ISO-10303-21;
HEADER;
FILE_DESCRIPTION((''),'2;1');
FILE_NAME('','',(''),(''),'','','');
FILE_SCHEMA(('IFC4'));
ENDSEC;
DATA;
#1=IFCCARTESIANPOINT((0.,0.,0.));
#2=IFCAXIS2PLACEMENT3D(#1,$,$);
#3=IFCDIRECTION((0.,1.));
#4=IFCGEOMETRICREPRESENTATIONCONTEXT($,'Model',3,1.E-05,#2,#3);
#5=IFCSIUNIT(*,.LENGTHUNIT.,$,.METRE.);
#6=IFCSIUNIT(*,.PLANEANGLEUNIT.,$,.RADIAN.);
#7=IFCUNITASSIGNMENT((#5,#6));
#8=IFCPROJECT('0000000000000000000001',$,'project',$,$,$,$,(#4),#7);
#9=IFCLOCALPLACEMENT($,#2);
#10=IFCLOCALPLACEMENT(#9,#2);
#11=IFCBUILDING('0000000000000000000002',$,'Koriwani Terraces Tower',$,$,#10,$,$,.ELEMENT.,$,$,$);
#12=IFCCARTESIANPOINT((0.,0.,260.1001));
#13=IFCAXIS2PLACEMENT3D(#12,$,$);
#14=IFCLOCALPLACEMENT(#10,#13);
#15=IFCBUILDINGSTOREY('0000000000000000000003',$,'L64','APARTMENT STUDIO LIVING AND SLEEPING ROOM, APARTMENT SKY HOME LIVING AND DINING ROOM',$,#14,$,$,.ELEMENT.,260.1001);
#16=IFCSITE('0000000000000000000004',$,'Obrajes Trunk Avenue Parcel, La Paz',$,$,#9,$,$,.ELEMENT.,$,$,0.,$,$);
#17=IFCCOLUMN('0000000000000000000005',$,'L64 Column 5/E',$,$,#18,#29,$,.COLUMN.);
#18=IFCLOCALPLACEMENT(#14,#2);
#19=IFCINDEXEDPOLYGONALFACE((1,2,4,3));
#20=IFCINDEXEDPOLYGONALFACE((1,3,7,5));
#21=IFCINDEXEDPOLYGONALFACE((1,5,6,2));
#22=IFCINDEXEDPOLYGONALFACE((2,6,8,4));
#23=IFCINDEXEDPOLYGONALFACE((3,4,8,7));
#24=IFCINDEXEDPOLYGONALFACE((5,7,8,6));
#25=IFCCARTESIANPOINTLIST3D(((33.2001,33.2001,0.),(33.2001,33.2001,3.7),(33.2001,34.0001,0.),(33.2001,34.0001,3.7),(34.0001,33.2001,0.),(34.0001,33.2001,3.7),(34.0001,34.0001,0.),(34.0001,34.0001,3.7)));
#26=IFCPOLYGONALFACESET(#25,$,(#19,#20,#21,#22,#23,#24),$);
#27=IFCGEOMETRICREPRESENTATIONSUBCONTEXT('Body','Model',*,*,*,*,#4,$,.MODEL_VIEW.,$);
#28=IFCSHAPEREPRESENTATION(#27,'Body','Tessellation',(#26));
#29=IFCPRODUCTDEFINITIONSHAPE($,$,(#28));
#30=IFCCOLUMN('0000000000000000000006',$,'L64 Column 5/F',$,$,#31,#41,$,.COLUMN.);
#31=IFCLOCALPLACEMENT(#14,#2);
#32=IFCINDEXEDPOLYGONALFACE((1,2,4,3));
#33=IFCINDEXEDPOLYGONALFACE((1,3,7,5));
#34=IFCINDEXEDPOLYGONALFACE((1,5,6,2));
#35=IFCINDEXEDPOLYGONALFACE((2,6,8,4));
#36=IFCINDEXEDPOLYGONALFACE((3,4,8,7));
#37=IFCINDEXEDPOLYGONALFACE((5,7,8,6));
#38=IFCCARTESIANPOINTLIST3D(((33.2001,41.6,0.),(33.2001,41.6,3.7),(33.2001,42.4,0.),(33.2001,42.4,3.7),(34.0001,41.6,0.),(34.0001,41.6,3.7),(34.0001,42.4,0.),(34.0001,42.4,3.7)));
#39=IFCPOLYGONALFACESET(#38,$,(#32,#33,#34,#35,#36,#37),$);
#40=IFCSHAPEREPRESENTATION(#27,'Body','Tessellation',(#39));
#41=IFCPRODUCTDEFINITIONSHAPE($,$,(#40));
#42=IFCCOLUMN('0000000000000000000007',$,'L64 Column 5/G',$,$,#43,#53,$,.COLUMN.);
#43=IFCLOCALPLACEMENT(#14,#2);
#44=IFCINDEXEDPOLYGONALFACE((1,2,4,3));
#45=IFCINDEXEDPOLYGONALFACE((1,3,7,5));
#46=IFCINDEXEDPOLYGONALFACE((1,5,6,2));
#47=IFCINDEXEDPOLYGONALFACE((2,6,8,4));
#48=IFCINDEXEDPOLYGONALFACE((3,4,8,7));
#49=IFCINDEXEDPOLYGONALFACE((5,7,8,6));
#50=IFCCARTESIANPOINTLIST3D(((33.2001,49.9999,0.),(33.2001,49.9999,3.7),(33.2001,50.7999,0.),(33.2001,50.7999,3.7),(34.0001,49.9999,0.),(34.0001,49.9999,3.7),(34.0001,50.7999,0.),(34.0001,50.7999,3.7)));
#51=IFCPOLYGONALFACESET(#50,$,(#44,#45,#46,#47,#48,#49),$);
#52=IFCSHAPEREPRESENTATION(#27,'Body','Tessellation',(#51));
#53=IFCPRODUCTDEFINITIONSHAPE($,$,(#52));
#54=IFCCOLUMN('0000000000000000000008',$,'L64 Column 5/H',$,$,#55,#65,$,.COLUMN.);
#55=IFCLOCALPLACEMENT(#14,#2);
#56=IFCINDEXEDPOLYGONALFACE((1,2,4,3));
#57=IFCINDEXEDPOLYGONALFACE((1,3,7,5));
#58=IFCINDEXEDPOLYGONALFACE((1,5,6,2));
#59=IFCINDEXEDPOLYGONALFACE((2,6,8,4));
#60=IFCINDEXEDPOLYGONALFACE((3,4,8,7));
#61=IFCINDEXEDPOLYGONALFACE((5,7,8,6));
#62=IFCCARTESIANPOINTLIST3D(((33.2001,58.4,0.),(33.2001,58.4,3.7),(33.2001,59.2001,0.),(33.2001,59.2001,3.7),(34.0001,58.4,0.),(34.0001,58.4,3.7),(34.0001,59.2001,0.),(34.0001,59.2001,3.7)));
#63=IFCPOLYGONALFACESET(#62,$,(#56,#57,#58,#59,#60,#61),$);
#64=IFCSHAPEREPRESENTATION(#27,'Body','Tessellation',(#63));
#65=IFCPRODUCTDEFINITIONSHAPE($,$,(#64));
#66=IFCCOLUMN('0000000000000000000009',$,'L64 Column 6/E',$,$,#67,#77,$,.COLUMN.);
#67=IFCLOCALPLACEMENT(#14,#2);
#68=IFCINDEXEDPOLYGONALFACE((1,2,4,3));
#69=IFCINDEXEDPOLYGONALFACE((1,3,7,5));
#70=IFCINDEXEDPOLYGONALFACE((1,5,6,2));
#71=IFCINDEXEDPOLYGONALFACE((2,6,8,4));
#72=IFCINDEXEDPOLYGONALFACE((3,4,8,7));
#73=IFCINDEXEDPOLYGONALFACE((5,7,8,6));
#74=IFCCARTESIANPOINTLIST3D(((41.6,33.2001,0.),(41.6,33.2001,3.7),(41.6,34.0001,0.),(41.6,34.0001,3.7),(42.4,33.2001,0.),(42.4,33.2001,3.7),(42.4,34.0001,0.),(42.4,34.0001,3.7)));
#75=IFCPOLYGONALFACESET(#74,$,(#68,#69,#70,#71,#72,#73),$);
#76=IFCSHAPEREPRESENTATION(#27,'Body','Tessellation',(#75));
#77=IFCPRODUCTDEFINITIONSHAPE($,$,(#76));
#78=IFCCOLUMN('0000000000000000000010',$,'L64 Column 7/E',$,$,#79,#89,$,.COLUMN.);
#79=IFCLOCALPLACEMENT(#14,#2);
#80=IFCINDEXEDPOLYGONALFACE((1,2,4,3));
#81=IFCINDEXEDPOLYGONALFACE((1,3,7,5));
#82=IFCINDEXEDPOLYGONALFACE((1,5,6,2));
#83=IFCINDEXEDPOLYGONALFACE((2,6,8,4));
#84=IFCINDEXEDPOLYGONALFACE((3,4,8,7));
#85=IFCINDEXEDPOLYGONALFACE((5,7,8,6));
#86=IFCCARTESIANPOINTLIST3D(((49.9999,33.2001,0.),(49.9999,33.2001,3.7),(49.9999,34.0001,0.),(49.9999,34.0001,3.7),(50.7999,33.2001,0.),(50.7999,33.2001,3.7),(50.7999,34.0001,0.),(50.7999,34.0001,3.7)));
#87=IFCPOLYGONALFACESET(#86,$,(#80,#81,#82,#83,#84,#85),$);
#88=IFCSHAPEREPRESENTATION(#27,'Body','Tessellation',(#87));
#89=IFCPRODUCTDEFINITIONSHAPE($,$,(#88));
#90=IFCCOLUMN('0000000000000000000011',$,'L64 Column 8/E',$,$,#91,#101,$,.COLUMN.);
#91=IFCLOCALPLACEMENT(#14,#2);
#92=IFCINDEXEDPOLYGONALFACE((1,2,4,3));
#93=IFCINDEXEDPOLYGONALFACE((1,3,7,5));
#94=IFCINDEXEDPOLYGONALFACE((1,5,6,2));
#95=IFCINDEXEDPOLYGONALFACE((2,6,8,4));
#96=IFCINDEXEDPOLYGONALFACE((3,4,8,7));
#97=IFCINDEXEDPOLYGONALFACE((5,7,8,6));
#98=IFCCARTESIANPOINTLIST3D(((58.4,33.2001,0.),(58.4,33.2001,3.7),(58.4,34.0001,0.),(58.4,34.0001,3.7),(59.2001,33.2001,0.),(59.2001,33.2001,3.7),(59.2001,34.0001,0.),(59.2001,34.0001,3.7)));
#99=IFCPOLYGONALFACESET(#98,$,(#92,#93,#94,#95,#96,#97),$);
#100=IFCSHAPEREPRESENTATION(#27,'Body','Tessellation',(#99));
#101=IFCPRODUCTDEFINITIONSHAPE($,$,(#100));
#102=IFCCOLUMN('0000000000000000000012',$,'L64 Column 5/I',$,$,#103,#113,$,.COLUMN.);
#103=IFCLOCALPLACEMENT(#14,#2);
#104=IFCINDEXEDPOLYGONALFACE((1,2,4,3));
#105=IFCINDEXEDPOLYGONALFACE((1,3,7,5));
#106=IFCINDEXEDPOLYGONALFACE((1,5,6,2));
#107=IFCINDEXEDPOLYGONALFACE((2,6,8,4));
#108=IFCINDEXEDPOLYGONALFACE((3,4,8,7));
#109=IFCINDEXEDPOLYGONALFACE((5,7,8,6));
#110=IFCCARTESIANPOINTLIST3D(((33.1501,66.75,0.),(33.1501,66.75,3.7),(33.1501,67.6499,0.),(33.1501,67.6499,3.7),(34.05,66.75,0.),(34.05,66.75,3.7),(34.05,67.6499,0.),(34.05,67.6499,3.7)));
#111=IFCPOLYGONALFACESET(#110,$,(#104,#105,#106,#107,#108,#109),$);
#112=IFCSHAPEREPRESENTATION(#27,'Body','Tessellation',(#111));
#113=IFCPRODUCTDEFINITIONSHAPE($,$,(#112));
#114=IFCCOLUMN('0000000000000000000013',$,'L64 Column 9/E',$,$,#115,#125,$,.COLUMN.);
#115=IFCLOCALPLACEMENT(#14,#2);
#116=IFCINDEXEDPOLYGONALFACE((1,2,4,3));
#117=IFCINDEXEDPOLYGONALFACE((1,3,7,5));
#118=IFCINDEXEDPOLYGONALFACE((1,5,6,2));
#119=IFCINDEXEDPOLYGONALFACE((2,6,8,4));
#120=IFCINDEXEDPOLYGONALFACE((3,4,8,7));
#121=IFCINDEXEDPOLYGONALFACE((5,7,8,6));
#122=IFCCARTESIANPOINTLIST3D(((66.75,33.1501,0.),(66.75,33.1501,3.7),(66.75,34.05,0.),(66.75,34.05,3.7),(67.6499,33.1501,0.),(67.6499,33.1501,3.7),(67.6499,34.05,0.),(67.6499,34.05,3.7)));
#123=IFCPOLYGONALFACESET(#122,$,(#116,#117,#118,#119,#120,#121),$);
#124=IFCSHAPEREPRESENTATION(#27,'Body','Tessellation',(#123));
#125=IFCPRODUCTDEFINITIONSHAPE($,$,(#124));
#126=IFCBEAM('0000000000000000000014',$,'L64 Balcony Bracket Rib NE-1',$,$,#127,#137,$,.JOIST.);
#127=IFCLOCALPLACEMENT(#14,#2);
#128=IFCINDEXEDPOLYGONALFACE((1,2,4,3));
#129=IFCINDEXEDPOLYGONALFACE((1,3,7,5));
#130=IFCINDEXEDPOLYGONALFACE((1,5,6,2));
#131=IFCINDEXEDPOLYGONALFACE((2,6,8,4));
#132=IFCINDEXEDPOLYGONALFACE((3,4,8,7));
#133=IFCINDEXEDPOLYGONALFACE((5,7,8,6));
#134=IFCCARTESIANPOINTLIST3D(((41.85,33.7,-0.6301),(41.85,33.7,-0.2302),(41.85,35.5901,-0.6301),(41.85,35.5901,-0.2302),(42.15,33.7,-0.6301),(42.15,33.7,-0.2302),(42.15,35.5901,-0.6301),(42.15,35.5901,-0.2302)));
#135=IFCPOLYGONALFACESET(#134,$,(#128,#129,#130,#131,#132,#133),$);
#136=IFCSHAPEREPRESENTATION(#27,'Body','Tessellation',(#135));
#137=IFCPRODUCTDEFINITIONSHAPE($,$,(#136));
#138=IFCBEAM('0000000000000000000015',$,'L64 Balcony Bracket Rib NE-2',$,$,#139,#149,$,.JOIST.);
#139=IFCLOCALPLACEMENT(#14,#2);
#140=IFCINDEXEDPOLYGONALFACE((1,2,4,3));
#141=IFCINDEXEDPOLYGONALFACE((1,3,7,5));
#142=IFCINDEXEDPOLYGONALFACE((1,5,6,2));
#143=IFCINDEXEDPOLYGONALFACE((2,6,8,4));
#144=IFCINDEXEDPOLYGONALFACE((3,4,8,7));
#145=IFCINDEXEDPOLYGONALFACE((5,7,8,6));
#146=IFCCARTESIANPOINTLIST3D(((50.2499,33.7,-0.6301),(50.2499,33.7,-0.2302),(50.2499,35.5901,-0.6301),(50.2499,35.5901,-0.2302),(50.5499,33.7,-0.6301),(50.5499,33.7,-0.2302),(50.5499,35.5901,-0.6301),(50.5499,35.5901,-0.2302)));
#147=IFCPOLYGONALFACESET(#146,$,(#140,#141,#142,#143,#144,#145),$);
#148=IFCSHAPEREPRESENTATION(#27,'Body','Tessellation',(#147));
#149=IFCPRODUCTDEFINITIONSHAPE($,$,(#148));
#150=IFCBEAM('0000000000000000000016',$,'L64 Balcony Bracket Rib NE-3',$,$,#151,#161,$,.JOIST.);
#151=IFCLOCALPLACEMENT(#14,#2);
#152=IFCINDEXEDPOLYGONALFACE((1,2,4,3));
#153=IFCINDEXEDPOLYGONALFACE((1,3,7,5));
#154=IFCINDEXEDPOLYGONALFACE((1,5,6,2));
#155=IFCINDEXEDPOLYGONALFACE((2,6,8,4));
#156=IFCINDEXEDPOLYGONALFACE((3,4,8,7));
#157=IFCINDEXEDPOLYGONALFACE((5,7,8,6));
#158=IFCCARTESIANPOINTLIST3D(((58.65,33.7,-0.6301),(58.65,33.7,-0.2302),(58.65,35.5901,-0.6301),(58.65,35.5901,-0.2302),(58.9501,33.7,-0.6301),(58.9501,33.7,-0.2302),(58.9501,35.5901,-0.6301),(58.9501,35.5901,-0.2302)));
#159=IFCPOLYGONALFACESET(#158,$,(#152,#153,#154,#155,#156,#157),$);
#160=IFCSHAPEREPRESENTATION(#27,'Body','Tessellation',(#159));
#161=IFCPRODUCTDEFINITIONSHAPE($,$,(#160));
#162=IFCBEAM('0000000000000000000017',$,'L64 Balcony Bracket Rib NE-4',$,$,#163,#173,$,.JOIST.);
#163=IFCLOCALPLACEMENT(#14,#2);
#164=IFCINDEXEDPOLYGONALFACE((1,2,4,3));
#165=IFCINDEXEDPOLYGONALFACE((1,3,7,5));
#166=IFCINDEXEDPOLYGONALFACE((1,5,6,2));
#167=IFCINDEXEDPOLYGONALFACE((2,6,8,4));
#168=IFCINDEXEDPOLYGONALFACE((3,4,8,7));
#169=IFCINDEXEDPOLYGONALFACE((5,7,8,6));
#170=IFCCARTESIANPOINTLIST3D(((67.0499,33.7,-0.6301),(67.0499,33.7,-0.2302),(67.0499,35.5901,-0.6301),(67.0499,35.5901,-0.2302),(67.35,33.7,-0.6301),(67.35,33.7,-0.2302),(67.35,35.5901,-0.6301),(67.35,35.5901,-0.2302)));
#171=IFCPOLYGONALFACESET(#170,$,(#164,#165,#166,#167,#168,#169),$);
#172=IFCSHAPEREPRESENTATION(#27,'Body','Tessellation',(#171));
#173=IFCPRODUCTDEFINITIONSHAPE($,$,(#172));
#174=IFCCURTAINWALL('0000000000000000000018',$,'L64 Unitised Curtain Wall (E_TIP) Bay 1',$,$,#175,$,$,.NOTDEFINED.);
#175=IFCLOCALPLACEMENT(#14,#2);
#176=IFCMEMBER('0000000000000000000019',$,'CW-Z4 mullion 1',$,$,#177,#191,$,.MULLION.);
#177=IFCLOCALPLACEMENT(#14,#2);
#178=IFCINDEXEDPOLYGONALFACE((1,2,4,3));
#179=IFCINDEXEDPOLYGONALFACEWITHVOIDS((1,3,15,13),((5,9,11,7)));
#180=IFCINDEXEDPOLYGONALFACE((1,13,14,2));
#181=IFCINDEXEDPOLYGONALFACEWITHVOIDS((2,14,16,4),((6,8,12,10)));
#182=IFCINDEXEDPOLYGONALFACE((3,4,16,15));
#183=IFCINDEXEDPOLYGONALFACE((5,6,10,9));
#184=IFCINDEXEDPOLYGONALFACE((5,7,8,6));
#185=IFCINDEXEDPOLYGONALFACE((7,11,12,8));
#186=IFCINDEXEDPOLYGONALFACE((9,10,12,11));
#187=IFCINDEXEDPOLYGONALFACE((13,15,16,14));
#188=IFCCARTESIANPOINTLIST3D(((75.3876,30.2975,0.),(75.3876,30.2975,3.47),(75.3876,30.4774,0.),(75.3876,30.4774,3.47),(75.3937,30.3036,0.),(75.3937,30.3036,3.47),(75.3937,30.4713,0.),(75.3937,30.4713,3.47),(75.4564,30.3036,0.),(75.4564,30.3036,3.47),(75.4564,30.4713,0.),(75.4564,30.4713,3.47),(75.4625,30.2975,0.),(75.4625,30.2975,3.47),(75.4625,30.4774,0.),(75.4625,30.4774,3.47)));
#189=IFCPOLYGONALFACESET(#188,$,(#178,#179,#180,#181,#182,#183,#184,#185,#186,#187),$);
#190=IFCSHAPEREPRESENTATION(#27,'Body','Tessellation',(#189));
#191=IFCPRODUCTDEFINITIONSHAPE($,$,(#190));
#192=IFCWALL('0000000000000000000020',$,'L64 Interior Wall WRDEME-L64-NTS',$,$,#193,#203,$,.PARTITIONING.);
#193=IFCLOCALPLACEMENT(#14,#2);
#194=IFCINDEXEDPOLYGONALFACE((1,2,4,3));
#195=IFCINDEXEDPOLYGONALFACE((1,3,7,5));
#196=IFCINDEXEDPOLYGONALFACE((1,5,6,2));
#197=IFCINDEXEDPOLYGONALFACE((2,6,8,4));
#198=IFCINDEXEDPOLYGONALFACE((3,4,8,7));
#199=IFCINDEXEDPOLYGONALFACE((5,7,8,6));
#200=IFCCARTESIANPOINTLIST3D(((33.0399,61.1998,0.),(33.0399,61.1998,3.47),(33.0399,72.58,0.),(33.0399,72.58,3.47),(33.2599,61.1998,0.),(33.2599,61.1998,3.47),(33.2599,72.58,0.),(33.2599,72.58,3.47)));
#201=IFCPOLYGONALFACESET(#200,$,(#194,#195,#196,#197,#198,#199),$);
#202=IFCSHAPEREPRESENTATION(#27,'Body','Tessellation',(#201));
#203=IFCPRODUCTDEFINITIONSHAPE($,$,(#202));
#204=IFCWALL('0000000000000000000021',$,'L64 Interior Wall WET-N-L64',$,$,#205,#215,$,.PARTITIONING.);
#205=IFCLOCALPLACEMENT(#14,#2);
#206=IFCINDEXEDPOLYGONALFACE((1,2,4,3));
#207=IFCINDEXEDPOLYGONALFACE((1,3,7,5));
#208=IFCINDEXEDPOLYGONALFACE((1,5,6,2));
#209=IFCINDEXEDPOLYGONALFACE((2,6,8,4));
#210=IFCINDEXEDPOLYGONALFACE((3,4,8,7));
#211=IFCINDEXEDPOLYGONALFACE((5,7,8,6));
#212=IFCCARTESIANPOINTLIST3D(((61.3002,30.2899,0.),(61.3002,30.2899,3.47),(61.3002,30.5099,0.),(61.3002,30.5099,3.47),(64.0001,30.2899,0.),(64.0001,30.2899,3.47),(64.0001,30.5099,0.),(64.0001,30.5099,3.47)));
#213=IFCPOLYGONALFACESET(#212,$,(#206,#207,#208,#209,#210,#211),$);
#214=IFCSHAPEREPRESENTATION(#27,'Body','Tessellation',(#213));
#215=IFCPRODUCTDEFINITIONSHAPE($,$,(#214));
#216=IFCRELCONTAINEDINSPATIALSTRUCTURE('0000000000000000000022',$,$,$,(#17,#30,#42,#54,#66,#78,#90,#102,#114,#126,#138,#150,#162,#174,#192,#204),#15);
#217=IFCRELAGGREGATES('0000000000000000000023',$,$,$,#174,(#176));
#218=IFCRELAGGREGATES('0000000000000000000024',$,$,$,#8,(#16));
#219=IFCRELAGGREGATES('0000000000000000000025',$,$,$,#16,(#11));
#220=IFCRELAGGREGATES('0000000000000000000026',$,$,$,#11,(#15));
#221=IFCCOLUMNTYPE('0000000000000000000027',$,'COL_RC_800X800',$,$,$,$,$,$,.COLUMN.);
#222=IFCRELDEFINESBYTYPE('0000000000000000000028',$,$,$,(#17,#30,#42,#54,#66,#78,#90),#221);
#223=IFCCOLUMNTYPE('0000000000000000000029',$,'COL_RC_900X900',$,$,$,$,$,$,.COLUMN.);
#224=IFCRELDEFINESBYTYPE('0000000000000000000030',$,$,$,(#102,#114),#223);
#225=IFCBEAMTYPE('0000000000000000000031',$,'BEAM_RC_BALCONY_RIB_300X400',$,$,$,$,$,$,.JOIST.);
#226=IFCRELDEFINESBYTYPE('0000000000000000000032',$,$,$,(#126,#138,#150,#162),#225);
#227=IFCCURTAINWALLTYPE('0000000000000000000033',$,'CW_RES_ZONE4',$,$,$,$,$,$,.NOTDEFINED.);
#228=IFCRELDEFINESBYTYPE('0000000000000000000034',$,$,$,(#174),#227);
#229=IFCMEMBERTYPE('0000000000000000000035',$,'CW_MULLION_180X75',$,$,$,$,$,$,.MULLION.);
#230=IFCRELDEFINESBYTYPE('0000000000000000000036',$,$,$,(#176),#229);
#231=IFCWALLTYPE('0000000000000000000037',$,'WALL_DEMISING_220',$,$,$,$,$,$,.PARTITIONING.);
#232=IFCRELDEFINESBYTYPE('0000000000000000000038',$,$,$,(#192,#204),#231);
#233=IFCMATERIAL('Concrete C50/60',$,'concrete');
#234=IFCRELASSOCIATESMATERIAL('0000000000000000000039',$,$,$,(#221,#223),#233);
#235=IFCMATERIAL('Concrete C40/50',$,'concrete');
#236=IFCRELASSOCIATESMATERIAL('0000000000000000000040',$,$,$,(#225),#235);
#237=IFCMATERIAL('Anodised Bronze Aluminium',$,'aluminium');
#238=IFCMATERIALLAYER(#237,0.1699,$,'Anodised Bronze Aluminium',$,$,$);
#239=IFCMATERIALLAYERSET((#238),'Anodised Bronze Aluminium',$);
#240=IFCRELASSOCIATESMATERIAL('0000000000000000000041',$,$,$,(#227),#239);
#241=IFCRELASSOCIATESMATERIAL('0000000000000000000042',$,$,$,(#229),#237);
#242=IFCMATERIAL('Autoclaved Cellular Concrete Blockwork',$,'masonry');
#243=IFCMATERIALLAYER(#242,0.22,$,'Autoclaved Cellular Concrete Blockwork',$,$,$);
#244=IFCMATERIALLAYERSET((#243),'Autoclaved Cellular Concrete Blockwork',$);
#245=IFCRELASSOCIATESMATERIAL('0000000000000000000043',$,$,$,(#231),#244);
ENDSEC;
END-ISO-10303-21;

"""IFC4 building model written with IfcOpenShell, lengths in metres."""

from ifc_helpers import new_model, si_unit, direction, frame, frame_2d, origin, origin_2d, place, context, subcontext, project, spatial, rectangle, hollow_rectangle, extrude, material, layer, layer_set, material_profile, profile_set, type_object, element, aggregate, save


model = new_model("IFC4")

# Units and contexts
model_context = context("Model", 3, precision=1e-05, world=origin(), true_north=direction((0.0, 1.0)))
body_context = subcontext(model_context, "Body", "Model", "MODEL_VIEW")
ifc_project = project(units=[si_unit("LENGTHUNIT", "METRE"), si_unit("PLANEANGLEUNIT", "RADIAN")], contexts=[model_context])

# Site, building, storey
site_placement = place(None, origin())
site = spatial("IfcSite", under=ifc_project, at=site_placement, Name="Obrajes Trunk Avenue Parcel, La Paz", CompositionType="ELEMENT", RefElevation=0.0)
building_placement = place(site_placement, origin())
building = spatial("IfcBuilding", under=site, at=building_placement, Name="Koriwani Terraces Tower", CompositionType="ELEMENT")
storey_placement = place(building_placement, frame((0.0, 0.0, 260.1001)))
storey = spatial("IfcBuildingStorey", under=building, at=storey_placement, Name="L64", Description="APARTMENT STUDIO LIVING AND SLEEPING ROOM, APARTMENT SKY HOME LIVING AND DINING ROOM", CompositionType="ELEMENT", Elevation=260.1001)

# Columns
ifc_material_1 = material(Name="Concrete C50/60", Category="concrete")
ifc_material_profile_1 = material_profile(ifc_material_1, rectangle(XDim=0.8, YDim=0.8, at=origin_2d()), Name="Concrete C50/60", Category="LoadBearing")
ifc_profile_set_1 = profile_set([ifc_material_profile_1], Name="Concrete C50/60")
column_type_1 = type_object("IfcColumnType", Name="COL_RC_800X800", PredefinedType="COLUMN", material=ifc_profile_set_1)
for number, where, z_axis, x_axis, name in (
    (1, (33.6001, 33.6001, 0.0), (0.0, 0.0, 1.0), (1.0, 0.0, 0.0), "L64 Column 5/E"),
    (2, (33.6001, 42.0, 0.0), (0.0, 0.0, 1.0), (1.0, 0.0, 0.0), "L64 Column 5/F"),
    (3, (33.6001, 50.3999, 0.0), (0.0, 0.0, 1.0), (1.0, 0.0, 0.0), "L64 Column 5/G"),
    (4, (33.6001, 58.8, 0.0), (0.0, 0.0, 1.0), (1.0, 0.0, 0.0), "L64 Column 5/H"),
    (5, (42.0, 33.6001, 0.0), (0.0, 0.0, 1.0), (1.0, 0.0, 0.0), "L64 Column 6/E"),
    (6, (50.3999, 33.6001, 0.0), (0.0, 0.0, 1.0), (1.0, 0.0, 0.0), "L64 Column 7/E"),
    (7, (58.8, 33.6001, 0.0), (0.0, 0.0, 1.0), (1.0, 0.0, 0.0), "L64 Column 8/E"),
):
    element("IfcColumn", number, at=place(storey_placement, frame(where, z_axis=z_axis, x_axis=x_axis)), inside=storey, type_object=column_type_1, Name=name, PredefinedType="COLUMN", context=body_context, shape_type="SweptSolid", body=[
        extrude(rectangle(XDim=0.8, YDim=0.8, at=origin_2d()), origin(), (0.0, 0.0, 1.0), 3.7),
    ])
ifc_material_profile_2 = material_profile(ifc_material_1, rectangle(XDim=0.8999, YDim=0.8999, at=origin_2d()), Name="Concrete C50/60", Category="LoadBearing")
ifc_profile_set_2 = profile_set([ifc_material_profile_2], Name="Concrete C50/60")
column_type_2 = type_object("IfcColumnType", Name="COL_RC_900X900", PredefinedType="COLUMN", material=ifc_profile_set_2)
for number, where, z_axis, x_axis, name in (
    (8, (33.6001, 67.2, 0.0), (0.0, 0.0, 1.0), (1.0, 0.0, 0.0), "L64 Column 5/I"),
    (9, (67.2, 33.6001, 0.0), (0.0, 0.0, 1.0), (1.0, 0.0, 0.0), "L64 Column 9/E"),
):
    element("IfcColumn", number, at=place(storey_placement, frame(where, z_axis=z_axis, x_axis=x_axis)), inside=storey, type_object=column_type_2, Name=name, PredefinedType="COLUMN", context=body_context, shape_type="SweptSolid", body=[
        extrude(rectangle(XDim=0.8999, YDim=0.8999, at=origin_2d()), origin(), (0.0, 0.0, 1.0), 3.7),
    ])

# Beams
ifc_material_2 = material(Name="Concrete C40/50", Category="concrete")
ifc_material_profile_3 = material_profile(ifc_material_2, rectangle(XDim=0.3, YDim=0.3999, at=origin_2d()), Name="Concrete C40/50", Category="LoadBearing")
ifc_profile_set_3 = profile_set([ifc_material_profile_3], Name="Concrete C40/50")
beam_type = type_object("IfcBeamType", Name="BEAM_RC_BALCONY_RIB_300X400", PredefinedType="JOIST", material=ifc_profile_set_3)
for number, where, z_axis, x_axis, name in (
    (10, (42.0, 33.7, -0.4302), (0.0, 1.0, 0.0), (-1.0, 0.0, 0.0), "L64 Balcony Bracket Rib NE-1"),
    (11, (50.3999, 33.7, -0.4302), (0.0, 1.0, 0.0), (-1.0, 0.0, 0.0), "L64 Balcony Bracket Rib NE-2"),
    (12, (58.8, 33.7, -0.4302), (0.0, 1.0, 0.0), (-1.0, 0.0, 0.0), "L64 Balcony Bracket Rib NE-3"),
    (13, (67.2, 33.7, -0.4302), (0.0, 1.0, 0.0), (-1.0, 0.0, 0.0), "L64 Balcony Bracket Rib NE-4"),
):
    element("IfcBeam", number, at=place(storey_placement, frame(where, z_axis=z_axis, x_axis=x_axis)), inside=storey, type_object=beam_type, Name=name, PredefinedType="JOIST", context=body_context, shape_type="SweptSolid", body=[
        extrude(rectangle(XDim=0.3, YDim=0.3999, at=origin_2d()), origin(), (0.0, 0.0, 1.0), 1.8901),
    ])

# Curtain wall, member
ifc_material_3 = material(Name="Anodised Bronze Aluminium", Category="aluminium")
ifc_layer_1 = layer(ifc_material_3, 0.1699, Name="Anodised Bronze Aluminium")
ifc_layer_set_1 = layer_set([ifc_layer_1], Name="Anodised Bronze Aluminium")
curtain_wall_type = type_object("IfcCurtainWallType", Name="CW_RES_ZONE4", PredefinedType="NOTDEFINED", material=ifc_layer_set_1)
curtain_wall_placement = place(storey_placement, origin())
curtain_wall = element("IfcCurtainWall", 14, at=curtain_wall_placement, inside=storey, type_object=curtain_wall_type, Name="L64 Unitised Curtain Wall (E_TIP) Bay 1", PredefinedType="NOTDEFINED")
ifc_material_profile_4 = material_profile(ifc_material_3, hollow_rectangle(XDim=0.075, YDim=0.1799, WallThickness=0.0061, at=origin_2d()), Name="Anodised Bronze Aluminium", Category="LoadBearing")
ifc_profile_set_4 = profile_set([ifc_material_profile_4], Name="Anodised Bronze Aluminium")
member_type = type_object("IfcMemberType", Name="CW_MULLION_180X75", PredefinedType="MULLION", material=ifc_profile_set_4)
member_placement = place(storey_placement, frame((75.425, 30.3875, 0.0), z_axis=(0.0, 0.0, 1.0), x_axis=(1.0, 0.0, 0.0)))
member = element("IfcMember", 15, at=member_placement, type_object=member_type, Name="CW-Z4 mullion 1", PredefinedType="MULLION", context=body_context, shape_type="SweptSolid", body=[
    extrude(hollow_rectangle(XDim=0.075, YDim=0.1799, WallThickness=0.0061, at=origin_2d()), origin(), (0.0, 0.0, 1.0), 3.47),
])
aggregate(curtain_wall, [member])

# Walls
ifc_material_4 = material(Name="Autoclaved Cellular Concrete Blockwork", Category="masonry")
ifc_layer_2 = layer(ifc_material_4, 0.22, Name="Autoclaved Cellular Concrete Blockwork")
ifc_layer_set_2 = layer_set([ifc_layer_2], Name="Autoclaved Cellular Concrete Blockwork")
wall_type_1 = type_object("IfcWallType", Name="WALL_DEMISING_220", PredefinedType="PARTITIONING", material=ifc_layer_set_2)
wall_1_placement = place(storey_placement, frame((33.1499, 61.2, 0.0), z_axis=(0.0, 0.0, 1.0), x_axis=(0.0, 1.0, 0.0)))
element("IfcWall", 16, at=wall_1_placement, inside=storey, type_object=wall_type_1, Name="L64 Interior Wall WRDEME-L64-NTS", PredefinedType="PARTITIONING", context=body_context, shape_type="SweptSolid", body=[
    extrude(rectangle(XDim=11.3801, YDim=0.22, at=frame_2d((5.6899, 0.0))), origin(), (0.0, 0.0, 1.0), 3.47),
])
wall_2_placement = place(storey_placement, frame((61.3, 30.3999, 0.0), z_axis=(0.0, 0.0, 1.0), x_axis=(1.0, 0.0, 0.0)))
element("IfcWall", 17, at=wall_2_placement, inside=storey, type_object=wall_type_1, Name="L64 Interior Wall WET-N-L64", PredefinedType="PARTITIONING", context=body_context, shape_type="SweptSolid", body=[
    extrude(rectangle(XDim=2.7, YDim=0.22, at=frame_2d((1.3501, 0.0))), origin(), (0.0, 0.0, 1.0), 3.47),
])

save(model, "model.ifc")
